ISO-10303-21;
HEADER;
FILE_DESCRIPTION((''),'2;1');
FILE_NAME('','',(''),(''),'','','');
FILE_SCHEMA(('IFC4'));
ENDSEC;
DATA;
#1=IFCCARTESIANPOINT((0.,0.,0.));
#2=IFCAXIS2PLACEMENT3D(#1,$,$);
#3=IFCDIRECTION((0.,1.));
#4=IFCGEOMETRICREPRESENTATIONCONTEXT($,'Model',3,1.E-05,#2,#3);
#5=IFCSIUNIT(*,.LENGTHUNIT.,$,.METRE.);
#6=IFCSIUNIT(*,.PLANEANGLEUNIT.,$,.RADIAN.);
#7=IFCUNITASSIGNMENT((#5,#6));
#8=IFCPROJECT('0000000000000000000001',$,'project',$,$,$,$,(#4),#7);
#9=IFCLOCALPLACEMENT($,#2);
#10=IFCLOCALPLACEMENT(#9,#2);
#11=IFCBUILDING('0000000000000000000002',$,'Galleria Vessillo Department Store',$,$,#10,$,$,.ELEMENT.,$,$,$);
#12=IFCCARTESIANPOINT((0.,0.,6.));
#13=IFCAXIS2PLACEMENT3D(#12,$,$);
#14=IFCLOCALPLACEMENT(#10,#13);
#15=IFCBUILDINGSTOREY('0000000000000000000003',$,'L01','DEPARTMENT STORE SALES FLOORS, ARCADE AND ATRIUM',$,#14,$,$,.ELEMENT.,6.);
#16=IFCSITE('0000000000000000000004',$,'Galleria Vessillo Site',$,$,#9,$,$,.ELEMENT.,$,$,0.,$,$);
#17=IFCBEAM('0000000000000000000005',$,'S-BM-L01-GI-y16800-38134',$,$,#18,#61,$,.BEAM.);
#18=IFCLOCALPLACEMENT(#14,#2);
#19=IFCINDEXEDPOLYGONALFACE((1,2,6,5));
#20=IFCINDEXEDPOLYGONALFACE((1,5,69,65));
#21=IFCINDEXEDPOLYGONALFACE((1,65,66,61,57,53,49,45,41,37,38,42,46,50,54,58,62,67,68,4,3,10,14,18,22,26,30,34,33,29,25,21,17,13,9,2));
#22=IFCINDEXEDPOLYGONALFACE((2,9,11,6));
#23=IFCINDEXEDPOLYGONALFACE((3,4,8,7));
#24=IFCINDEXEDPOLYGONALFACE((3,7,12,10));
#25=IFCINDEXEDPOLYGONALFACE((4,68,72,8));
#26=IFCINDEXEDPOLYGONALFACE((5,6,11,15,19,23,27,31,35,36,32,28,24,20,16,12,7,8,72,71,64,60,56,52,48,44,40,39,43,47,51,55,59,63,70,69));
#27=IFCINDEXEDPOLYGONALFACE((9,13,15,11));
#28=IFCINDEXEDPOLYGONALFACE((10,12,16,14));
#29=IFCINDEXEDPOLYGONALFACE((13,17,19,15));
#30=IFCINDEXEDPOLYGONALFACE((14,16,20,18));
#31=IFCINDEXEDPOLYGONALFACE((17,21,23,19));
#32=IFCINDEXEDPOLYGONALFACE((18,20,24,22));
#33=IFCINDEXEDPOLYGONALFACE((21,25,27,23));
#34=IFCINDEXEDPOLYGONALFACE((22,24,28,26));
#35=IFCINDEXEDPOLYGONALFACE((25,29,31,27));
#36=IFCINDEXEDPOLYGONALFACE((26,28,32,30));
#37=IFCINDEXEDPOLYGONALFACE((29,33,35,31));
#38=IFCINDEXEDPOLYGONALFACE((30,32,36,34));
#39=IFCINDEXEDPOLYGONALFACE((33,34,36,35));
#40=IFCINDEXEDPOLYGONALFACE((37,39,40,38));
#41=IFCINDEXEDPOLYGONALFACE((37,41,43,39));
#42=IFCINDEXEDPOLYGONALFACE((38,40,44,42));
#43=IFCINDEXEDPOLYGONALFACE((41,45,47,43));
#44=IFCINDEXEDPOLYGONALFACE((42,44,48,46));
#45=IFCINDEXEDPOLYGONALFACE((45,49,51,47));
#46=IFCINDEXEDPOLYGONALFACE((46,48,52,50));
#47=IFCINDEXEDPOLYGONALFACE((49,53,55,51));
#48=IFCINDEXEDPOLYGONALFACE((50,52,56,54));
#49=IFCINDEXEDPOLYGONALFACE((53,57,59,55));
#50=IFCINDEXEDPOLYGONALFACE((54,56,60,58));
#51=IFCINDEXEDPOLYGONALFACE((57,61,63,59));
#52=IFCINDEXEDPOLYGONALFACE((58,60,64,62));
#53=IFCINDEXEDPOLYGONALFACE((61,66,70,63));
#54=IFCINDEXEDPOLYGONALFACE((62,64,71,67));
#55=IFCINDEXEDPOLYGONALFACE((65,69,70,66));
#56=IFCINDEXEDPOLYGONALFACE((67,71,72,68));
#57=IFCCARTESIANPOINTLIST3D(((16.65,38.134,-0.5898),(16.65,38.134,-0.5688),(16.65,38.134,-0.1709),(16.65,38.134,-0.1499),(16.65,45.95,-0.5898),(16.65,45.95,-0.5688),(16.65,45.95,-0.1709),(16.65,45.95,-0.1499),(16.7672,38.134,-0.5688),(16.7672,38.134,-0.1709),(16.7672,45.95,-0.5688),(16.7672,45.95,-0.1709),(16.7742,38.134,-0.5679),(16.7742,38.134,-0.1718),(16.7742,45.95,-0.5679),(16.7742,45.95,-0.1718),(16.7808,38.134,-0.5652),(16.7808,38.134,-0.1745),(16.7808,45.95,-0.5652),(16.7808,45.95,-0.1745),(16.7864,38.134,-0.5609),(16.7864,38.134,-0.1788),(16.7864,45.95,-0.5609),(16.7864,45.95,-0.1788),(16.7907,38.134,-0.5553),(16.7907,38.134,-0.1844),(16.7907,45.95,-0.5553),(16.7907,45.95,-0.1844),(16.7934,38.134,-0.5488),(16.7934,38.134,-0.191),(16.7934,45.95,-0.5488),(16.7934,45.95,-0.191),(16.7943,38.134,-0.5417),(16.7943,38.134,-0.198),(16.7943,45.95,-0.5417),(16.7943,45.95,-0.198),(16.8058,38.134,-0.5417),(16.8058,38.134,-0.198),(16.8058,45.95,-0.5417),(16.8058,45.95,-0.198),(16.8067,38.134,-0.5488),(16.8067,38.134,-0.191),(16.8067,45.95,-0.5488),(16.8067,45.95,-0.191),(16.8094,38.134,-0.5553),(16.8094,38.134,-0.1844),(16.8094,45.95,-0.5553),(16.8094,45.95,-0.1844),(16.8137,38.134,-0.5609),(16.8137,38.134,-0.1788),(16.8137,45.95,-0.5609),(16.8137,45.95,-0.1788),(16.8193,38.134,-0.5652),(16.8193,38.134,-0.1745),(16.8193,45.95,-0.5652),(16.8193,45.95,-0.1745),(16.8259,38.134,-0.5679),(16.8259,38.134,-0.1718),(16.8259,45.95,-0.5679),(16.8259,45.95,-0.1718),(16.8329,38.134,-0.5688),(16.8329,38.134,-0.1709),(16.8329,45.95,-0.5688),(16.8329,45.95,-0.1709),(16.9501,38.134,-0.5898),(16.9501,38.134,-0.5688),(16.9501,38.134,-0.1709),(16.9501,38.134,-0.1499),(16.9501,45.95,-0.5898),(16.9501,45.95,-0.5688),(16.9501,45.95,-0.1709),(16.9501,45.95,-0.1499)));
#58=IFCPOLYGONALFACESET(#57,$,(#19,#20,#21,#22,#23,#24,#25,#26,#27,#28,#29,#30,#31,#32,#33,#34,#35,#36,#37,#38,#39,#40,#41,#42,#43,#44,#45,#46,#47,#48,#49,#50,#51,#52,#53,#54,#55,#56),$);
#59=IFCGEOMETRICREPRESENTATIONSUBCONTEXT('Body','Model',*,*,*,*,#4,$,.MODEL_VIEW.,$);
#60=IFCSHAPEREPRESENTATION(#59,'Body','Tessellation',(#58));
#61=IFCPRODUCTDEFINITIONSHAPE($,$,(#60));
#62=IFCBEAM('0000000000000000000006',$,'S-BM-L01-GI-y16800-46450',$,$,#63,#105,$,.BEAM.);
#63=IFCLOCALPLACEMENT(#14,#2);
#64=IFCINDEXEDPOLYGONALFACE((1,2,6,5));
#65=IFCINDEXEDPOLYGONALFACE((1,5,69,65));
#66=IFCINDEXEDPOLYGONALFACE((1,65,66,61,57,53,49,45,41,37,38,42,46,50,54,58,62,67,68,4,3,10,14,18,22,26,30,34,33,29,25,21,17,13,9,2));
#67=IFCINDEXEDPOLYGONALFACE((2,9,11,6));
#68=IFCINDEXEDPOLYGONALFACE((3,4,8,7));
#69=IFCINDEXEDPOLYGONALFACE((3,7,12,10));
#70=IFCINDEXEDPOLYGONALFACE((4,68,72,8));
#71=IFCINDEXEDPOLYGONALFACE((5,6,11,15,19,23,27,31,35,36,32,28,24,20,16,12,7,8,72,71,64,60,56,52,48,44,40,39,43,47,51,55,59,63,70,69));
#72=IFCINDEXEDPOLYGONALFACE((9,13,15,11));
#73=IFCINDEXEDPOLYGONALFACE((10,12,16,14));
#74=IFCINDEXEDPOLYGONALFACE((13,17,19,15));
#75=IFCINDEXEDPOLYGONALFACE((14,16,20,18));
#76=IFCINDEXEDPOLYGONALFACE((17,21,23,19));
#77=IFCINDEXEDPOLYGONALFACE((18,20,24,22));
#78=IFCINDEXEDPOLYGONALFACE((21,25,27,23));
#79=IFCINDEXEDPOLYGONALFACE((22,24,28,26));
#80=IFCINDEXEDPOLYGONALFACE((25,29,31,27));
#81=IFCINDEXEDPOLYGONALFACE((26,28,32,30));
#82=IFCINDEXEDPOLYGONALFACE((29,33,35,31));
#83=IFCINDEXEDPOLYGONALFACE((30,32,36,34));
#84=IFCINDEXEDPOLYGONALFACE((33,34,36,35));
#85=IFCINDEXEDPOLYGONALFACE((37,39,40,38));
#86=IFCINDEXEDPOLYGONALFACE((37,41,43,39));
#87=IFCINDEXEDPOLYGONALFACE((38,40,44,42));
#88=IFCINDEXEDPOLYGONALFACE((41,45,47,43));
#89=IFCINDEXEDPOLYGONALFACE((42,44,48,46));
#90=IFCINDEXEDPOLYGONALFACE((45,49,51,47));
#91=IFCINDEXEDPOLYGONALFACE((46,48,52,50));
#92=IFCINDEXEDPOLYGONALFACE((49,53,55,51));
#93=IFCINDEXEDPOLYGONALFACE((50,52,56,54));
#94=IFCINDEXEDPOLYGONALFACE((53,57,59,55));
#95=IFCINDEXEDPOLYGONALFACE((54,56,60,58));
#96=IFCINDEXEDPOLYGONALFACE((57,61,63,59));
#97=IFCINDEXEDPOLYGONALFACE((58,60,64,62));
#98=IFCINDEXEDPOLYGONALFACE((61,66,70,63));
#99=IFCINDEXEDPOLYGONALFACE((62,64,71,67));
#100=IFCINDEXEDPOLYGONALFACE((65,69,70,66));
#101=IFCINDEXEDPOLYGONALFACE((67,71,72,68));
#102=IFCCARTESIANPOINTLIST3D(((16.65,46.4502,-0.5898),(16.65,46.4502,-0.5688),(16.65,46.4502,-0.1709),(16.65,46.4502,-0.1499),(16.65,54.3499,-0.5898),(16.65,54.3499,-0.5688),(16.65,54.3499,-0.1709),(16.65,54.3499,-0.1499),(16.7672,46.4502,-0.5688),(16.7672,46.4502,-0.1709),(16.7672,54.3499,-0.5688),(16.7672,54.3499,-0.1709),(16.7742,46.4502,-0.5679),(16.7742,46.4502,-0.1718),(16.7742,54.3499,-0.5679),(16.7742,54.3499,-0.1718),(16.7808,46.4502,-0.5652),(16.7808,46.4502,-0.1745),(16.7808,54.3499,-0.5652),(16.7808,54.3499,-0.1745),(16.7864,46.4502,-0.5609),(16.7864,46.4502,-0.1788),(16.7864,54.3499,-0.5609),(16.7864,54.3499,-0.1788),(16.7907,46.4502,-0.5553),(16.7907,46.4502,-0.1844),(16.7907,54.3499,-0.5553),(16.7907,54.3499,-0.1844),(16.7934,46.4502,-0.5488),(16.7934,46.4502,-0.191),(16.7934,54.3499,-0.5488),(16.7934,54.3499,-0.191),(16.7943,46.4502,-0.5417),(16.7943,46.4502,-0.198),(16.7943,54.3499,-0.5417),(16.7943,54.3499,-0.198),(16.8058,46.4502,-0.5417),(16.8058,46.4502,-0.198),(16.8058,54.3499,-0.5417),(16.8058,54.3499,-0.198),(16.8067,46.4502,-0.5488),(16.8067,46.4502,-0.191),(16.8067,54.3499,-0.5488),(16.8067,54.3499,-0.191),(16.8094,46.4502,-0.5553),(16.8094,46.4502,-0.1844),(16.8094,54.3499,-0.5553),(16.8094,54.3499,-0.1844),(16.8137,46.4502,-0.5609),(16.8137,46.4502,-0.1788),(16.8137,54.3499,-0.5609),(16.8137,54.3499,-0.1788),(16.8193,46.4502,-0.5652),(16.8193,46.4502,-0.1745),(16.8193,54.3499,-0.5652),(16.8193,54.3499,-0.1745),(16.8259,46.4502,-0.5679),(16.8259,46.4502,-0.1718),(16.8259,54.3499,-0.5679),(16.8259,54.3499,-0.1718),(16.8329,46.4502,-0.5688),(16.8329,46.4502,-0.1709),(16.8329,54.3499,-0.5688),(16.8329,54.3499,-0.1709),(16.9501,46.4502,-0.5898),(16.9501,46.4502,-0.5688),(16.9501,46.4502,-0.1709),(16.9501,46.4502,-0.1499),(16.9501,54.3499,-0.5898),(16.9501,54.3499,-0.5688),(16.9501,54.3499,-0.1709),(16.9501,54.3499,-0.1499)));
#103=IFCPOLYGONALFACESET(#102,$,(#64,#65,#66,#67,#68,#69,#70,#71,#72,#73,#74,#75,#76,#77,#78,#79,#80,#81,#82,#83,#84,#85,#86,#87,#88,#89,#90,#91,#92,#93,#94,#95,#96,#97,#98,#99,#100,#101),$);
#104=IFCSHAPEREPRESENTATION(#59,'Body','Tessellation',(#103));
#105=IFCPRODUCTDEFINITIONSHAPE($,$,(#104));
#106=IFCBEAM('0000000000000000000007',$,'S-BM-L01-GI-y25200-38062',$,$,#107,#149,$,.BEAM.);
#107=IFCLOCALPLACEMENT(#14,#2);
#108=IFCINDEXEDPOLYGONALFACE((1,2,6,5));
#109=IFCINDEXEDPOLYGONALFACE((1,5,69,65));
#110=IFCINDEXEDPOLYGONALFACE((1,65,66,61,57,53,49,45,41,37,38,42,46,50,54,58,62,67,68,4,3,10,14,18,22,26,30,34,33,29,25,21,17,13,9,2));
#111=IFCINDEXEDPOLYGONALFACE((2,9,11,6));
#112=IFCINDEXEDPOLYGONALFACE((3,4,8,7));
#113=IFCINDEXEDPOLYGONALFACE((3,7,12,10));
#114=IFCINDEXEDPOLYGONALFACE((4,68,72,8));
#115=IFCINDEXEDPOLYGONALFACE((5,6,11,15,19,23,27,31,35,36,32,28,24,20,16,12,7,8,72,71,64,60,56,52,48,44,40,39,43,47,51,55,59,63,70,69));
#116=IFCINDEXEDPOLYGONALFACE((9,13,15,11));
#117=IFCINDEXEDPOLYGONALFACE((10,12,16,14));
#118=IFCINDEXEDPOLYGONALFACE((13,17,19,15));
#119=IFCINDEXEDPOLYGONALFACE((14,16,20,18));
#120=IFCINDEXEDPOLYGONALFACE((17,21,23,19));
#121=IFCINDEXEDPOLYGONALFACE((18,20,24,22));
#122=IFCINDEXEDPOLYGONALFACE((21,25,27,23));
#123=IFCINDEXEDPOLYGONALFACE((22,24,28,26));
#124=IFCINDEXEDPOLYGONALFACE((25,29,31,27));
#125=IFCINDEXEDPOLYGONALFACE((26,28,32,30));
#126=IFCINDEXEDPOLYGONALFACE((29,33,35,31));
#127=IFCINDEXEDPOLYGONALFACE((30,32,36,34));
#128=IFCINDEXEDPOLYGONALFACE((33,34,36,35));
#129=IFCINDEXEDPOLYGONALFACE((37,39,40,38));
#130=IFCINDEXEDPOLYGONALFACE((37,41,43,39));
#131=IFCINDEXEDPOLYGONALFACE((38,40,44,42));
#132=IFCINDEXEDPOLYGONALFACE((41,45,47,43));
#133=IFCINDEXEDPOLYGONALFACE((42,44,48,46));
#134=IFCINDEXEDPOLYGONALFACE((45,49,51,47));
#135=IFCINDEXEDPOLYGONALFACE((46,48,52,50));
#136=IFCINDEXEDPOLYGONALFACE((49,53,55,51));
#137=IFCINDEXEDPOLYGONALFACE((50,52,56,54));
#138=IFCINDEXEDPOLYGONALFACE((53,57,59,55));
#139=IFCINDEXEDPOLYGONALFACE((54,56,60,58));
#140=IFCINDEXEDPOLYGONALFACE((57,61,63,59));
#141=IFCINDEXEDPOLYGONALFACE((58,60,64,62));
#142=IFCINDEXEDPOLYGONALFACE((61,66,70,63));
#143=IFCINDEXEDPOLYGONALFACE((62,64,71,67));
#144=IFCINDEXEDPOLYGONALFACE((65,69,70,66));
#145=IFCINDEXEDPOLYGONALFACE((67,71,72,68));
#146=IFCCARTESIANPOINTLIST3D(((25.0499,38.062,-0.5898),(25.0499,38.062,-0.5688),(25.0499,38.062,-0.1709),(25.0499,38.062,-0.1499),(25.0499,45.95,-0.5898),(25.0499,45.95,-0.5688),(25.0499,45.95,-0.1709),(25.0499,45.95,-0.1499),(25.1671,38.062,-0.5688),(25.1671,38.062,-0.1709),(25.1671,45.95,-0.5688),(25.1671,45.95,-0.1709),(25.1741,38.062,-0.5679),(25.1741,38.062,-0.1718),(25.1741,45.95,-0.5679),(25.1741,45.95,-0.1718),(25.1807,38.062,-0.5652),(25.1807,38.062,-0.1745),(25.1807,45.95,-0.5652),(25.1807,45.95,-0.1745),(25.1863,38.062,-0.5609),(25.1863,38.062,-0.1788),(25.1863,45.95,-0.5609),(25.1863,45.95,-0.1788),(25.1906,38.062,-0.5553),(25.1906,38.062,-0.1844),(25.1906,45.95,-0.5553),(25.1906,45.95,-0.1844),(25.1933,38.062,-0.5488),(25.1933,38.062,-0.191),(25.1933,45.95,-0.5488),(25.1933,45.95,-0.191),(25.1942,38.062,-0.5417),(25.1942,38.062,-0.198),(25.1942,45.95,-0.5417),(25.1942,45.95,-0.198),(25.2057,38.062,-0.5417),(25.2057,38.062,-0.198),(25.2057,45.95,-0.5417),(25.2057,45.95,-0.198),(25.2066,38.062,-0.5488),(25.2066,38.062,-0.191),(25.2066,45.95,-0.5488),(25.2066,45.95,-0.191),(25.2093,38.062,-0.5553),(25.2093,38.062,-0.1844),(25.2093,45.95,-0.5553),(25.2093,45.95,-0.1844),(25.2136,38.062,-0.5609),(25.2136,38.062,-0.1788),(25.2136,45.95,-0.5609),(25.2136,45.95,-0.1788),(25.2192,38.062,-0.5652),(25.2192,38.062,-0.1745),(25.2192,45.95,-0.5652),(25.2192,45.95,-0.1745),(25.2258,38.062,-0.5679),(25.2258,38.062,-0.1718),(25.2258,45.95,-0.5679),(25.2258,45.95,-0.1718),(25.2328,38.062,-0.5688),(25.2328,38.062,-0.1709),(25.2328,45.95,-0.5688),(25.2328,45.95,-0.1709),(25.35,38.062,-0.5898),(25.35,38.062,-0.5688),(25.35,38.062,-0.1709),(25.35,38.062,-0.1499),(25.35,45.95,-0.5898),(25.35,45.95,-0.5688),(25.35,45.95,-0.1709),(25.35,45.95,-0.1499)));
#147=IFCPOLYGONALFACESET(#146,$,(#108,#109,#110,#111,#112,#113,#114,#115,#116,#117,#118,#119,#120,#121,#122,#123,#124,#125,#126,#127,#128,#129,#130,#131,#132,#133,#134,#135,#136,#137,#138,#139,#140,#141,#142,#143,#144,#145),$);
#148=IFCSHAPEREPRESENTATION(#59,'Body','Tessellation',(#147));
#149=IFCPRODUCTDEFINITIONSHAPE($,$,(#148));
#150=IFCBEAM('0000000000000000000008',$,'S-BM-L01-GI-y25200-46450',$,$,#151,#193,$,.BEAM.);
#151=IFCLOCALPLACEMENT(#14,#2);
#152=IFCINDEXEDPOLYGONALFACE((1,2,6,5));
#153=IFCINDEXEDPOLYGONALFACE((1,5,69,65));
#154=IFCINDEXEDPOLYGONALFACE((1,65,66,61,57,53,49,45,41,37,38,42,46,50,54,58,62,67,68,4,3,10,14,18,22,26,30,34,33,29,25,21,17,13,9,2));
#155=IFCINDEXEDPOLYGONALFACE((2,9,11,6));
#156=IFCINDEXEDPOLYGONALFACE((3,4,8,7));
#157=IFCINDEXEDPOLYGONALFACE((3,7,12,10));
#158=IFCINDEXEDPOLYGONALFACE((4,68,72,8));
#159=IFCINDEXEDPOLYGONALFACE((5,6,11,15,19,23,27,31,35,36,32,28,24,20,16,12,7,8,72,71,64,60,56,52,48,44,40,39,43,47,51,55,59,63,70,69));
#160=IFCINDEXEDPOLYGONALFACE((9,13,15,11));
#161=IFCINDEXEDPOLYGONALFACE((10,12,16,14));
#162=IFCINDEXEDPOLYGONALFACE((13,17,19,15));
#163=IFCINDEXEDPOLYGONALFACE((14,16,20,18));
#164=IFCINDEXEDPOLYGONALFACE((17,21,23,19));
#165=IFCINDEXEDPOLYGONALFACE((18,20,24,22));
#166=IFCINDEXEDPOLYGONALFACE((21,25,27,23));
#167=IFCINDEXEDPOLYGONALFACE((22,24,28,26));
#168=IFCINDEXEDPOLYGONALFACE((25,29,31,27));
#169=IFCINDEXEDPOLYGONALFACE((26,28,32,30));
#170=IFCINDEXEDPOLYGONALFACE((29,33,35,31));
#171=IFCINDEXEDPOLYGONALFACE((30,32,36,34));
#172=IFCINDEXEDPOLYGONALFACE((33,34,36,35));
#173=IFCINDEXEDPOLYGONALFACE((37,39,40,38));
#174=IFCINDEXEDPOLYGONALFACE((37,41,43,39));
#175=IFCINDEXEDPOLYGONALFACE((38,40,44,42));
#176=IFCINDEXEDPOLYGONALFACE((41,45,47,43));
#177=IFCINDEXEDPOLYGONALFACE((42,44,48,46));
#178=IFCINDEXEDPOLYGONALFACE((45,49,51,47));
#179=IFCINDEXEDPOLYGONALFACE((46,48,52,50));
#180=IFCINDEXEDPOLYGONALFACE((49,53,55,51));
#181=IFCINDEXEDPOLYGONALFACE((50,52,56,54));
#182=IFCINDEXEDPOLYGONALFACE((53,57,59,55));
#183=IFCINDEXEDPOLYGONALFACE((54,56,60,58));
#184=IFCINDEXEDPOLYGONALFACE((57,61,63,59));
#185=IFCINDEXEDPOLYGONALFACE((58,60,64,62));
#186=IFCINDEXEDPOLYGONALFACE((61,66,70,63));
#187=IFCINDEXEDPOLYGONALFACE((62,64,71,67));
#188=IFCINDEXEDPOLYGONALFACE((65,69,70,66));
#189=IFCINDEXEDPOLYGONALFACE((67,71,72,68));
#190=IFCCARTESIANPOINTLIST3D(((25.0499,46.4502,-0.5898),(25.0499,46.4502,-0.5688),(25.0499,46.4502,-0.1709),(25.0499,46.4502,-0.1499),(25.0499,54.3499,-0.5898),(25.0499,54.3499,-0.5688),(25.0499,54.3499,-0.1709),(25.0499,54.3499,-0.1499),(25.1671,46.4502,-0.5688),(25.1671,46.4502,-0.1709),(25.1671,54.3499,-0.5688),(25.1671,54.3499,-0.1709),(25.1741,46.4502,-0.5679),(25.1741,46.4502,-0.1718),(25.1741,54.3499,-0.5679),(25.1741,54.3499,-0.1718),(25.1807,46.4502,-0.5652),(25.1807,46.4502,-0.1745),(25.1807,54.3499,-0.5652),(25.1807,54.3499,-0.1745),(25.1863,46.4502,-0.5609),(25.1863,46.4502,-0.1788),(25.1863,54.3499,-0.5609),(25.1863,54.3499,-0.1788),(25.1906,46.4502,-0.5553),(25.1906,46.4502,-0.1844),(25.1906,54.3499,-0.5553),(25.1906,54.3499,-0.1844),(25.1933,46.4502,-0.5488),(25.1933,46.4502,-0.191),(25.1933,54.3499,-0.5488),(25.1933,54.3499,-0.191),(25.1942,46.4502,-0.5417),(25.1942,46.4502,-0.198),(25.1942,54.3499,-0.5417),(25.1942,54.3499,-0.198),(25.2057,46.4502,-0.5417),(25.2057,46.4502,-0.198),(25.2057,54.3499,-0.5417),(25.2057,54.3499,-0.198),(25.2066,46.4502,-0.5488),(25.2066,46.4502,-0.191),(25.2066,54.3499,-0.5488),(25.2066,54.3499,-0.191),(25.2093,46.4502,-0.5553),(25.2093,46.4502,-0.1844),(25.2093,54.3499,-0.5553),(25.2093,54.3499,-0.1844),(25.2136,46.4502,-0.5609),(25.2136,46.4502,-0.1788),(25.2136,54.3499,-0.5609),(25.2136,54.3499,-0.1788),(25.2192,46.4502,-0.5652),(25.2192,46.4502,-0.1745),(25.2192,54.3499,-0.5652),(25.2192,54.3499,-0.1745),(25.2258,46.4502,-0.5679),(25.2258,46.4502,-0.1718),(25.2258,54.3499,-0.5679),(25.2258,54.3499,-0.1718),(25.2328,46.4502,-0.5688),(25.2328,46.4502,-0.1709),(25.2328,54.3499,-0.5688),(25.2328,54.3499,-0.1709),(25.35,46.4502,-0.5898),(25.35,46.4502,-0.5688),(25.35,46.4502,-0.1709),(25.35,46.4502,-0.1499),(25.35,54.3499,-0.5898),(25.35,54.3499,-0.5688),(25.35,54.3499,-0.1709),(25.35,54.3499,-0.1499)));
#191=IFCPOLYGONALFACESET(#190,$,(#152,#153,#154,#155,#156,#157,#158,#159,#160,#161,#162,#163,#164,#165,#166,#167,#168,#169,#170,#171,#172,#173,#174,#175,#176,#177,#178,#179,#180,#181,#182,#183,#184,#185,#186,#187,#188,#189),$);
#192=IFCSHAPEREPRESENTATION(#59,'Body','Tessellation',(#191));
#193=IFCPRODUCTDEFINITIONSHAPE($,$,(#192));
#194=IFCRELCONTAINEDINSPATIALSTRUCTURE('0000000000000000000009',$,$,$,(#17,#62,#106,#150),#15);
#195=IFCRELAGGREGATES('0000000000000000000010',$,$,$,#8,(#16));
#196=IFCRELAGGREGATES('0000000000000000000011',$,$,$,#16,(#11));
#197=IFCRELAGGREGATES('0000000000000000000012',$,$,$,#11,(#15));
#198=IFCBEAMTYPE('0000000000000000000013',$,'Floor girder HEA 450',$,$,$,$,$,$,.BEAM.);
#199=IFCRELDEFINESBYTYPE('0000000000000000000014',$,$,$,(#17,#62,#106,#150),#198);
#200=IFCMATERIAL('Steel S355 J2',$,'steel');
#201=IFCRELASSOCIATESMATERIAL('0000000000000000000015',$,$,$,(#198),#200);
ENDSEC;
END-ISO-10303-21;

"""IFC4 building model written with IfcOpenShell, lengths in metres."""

from ifc_helpers import new_model, si_unit, direction, frame, origin, origin_2d, place, context, subcontext, project, spatial, i_section, extrude, material, material_profile, profile_set, type_object, element, save


model = new_model("IFC4")

# Units and contexts
model_context = context("Model", 3, precision=1e-05, world=origin(), true_north=direction((0.0, 1.0)))
body_context = subcontext(model_context, "Body", "Model", "MODEL_VIEW")
ifc_project = project(units=[si_unit("LENGTHUNIT", "METRE"), si_unit("PLANEANGLEUNIT", "RADIAN")], contexts=[model_context])

# Site, building, storey
site_placement = place(None, origin())
site = spatial("IfcSite", under=ifc_project, at=site_placement, Name="Galleria Vessillo Site", CompositionType="ELEMENT", RefElevation=0.0)
building_placement = place(site_placement, origin())
building = spatial("IfcBuilding", under=site, at=building_placement, Name="Galleria Vessillo Department Store", CompositionType="ELEMENT")
storey_placement = place(building_placement, frame((0.0, 0.0, 6.0)))
storey = spatial("IfcBuildingStorey", under=building, at=storey_placement, Name="L01", Description="DEPARTMENT STORE SALES FLOORS, ARCADE AND ATRIUM", CompositionType="ELEMENT", Elevation=6.0)

# Beams
ifc_material_1 = material(Name="Steel S355 J2", Category="steel")
ifc_material_profile_1 = material_profile(ifc_material_1, i_section(OverallWidth=0.3, OverallDepth=0.4399, WebThickness=0.0115, FlangeThickness=0.021, FilletRadius=0.0271, at=origin_2d()), Name="HEA 450")
ifc_profile_set_1 = profile_set([ifc_material_profile_1], Name="Steel S355 J2")
beam_type_1 = type_object("IfcBeamType", Name="Floor girder HEA 450", PredefinedType="BEAM", material=ifc_profile_set_1)
beam_1_placement = place(storey_placement, frame((16.8, 38.134, -0.3699), z_axis=(0.0, 1.0, 0.0), x_axis=(-1.0, 0.0, 0.0)))
element("IfcBeam", 1, at=beam_1_placement, inside=storey, type_object=beam_type_1, Name="S-BM-L01-GI-y16800-38134", PredefinedType="BEAM", context=body_context, shape_type="SweptSolid", body=[
    extrude(i_section(OverallWidth=0.3, OverallDepth=0.4399, WebThickness=0.0115, FlangeThickness=0.021, FilletRadius=0.0271, at=origin_2d()), origin(), (0.0, 0.0, 1.0), 7.8159),
])
beam_2_placement = place(storey_placement, frame((16.8, 46.4502, -0.3699), z_axis=(0.0, 1.0, 0.0), x_axis=(-1.0, 0.0, 0.0)))
element("IfcBeam", 2, at=beam_2_placement, inside=storey, type_object=beam_type_1, Name="S-BM-L01-GI-y16800-46450", PredefinedType="BEAM", context=body_context, shape_type="SweptSolid", body=[
    extrude(i_section(OverallWidth=0.3, OverallDepth=0.4399, WebThickness=0.0115, FlangeThickness=0.021, FilletRadius=0.0271, at=origin_2d()), origin(), (0.0, 0.0, 1.0), 7.8997),
])
beam_3_placement = place(storey_placement, frame((25.2, 38.062, -0.3699), z_axis=(0.0, 1.0, 0.0), x_axis=(-1.0, 0.0, 0.0)))
element("IfcBeam", 3, at=beam_3_placement, inside=storey, type_object=beam_type_1, Name="S-BM-L01-GI-y25200-38062", PredefinedType="BEAM", context=body_context, shape_type="SweptSolid", body=[
    extrude(i_section(OverallWidth=0.3, OverallDepth=0.4399, WebThickness=0.0115, FlangeThickness=0.021, FilletRadius=0.0271, at=origin_2d()), origin(), (0.0, 0.0, 1.0), 7.8879),
])
beam_4_placement = place(storey_placement, frame((25.2, 46.4502, -0.3699), z_axis=(0.0, 1.0, 0.0), x_axis=(-1.0, 0.0, 0.0)))
element("IfcBeam", 4, at=beam_4_placement, inside=storey, type_object=beam_type_1, Name="S-BM-L01-GI-y25200-46450", PredefinedType="BEAM", context=body_context, shape_type="SweptSolid", body=[
    extrude(i_section(OverallWidth=0.3, OverallDepth=0.4399, WebThickness=0.0115, FlangeThickness=0.021, FilletRadius=0.0271, at=origin_2d()), origin(), (0.0, 0.0, 1.0), 7.8997),
])

save(model, "model.ifc")
